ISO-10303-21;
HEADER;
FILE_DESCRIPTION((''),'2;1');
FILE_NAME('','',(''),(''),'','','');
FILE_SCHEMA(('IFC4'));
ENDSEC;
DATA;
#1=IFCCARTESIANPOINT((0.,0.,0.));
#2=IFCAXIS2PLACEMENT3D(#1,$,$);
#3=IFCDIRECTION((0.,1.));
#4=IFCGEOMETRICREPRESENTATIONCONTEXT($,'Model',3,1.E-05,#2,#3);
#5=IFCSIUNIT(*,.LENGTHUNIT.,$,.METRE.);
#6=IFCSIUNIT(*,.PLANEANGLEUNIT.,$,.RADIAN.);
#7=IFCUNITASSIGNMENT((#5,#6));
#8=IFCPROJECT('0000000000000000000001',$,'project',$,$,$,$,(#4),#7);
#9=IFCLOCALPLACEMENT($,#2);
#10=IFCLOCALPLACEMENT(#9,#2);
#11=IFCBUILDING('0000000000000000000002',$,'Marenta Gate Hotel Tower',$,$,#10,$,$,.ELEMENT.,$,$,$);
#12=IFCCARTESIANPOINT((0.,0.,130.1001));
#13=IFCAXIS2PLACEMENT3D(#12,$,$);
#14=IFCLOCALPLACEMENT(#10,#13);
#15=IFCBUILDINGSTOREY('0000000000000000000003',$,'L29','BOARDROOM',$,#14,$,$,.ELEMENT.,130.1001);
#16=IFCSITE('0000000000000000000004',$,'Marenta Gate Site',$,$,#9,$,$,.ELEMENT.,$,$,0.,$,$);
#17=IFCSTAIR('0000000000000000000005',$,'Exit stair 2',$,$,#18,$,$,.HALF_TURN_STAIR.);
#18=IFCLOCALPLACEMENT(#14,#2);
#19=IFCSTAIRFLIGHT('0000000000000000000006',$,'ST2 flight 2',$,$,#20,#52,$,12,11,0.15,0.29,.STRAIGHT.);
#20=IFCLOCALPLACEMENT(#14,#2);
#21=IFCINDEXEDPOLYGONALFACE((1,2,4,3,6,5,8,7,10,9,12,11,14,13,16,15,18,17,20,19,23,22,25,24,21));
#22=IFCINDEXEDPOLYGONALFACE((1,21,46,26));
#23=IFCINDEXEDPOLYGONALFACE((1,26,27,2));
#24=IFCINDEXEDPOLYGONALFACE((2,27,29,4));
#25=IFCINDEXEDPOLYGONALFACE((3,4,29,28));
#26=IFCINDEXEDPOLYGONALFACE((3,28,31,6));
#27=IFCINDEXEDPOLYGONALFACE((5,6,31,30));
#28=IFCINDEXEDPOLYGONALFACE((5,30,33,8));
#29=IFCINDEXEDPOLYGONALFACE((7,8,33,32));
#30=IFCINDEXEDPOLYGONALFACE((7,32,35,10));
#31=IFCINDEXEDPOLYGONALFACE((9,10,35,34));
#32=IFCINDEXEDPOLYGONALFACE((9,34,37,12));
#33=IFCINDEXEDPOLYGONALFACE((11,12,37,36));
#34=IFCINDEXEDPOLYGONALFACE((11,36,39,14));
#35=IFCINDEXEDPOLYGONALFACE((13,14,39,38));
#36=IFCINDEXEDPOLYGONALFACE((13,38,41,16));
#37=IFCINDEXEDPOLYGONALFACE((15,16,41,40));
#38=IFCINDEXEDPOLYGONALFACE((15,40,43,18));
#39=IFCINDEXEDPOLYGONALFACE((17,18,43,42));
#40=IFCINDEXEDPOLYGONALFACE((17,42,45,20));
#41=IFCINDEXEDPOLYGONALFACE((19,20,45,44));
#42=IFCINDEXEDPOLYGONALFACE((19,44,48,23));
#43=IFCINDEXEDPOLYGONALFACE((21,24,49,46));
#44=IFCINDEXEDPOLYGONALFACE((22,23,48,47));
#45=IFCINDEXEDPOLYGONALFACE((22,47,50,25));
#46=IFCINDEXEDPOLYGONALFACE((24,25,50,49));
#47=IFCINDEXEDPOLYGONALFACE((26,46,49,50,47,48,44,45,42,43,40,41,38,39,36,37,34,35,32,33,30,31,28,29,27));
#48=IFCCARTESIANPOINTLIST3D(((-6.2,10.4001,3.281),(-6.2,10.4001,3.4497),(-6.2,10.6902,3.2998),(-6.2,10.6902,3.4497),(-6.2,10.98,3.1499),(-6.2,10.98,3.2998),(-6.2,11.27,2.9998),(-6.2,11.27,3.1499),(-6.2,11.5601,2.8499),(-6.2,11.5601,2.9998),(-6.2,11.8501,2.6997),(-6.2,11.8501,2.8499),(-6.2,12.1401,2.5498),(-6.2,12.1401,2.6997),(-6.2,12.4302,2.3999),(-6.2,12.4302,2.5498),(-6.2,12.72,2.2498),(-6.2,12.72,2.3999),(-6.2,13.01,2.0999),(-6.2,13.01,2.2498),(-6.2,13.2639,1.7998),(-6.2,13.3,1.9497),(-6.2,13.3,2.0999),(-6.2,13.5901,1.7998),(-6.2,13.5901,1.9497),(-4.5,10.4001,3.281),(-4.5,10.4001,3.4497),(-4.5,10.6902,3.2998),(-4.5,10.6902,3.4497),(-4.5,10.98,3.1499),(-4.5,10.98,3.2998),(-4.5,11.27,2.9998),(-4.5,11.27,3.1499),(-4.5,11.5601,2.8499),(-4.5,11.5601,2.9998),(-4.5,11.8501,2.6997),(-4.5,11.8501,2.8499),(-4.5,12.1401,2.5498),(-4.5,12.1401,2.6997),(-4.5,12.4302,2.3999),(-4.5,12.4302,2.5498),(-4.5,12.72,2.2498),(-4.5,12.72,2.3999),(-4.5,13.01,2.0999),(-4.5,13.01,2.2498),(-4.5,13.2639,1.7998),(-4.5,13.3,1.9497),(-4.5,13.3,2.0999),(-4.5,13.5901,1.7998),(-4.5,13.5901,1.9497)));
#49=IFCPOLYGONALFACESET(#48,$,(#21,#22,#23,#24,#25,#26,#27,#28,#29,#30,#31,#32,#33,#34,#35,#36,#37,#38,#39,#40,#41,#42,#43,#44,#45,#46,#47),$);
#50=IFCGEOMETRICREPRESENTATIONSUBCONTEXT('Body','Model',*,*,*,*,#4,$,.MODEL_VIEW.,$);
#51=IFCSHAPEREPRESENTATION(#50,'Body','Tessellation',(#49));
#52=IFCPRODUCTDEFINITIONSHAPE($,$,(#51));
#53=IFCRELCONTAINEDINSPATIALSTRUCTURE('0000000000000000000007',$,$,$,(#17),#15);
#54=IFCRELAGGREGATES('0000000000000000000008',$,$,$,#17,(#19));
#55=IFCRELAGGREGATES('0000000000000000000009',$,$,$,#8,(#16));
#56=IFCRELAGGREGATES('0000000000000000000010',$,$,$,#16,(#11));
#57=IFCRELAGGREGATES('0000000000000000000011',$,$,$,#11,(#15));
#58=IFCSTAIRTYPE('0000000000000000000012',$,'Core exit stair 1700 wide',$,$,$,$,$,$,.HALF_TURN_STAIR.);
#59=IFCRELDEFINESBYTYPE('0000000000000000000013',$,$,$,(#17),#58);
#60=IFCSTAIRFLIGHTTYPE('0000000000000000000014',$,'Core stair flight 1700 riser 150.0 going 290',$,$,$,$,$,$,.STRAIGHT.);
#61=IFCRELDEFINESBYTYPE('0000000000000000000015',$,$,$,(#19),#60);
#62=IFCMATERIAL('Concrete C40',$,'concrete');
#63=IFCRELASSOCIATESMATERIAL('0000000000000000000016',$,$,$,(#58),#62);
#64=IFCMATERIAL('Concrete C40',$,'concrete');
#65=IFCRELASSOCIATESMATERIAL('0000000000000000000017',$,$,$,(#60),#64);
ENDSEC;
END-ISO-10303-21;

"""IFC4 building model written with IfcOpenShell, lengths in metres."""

from ifc_helpers import new_model, si_unit, direction, frame, origin, place, context, subcontext, project, spatial, polyline, outline, extrude, material, type_object, element, aggregate, save


model = new_model("IFC4")

# Units and contexts
model_context = context("Model", 3, precision=1e-05, world=origin(), true_north=direction((0.0, 1.0)))
body_context = subcontext(model_context, "Body", "Model", "MODEL_VIEW")
ifc_project = project(units=[si_unit("LENGTHUNIT", "METRE"), si_unit("PLANEANGLEUNIT", "RADIAN")], contexts=[model_context])

# Site, building, storey
site_placement = place(None, origin())
site = spatial("IfcSite", under=ifc_project, at=site_placement, Name="Marenta Gate Site", CompositionType="ELEMENT", RefElevation=0.0)
building_placement = place(site_placement, origin())
building = spatial("IfcBuilding", under=site, at=building_placement, Name="Marenta Gate Hotel Tower", CompositionType="ELEMENT")
storey_placement = place(building_placement, frame((0.0, 0.0, 130.1001)))
storey = spatial("IfcBuildingStorey", under=building, at=storey_placement, Name="L29", Description="BOARDROOM", CompositionType="ELEMENT", Elevation=130.1001)

# Stair, stair flight
ifc_material_1 = material(Name="Concrete C40", Category="concrete")
stair_type = type_object("IfcStairType", Name="Core exit stair 1700 wide", PredefinedType="HALF_TURN_STAIR", material=ifc_material_1)
ifc_material_2 = material(Name="Concrete C40", Category="concrete")
stair_flight_type = type_object("IfcStairFlightType", Name="Core stair flight 1700 riser 150.0 going 290", PredefinedType="STRAIGHT", material=ifc_material_2)
stair_1_placement = place(storey_placement, origin())
stair_1 = element("IfcStair", 1, at=stair_1_placement, inside=storey, type_object=stair_type, Name="Exit stair 2", PredefinedType="HALF_TURN_STAIR")
stair_flight_1_placement = place(storey_placement, frame((-5.3501, 13.5901, 1.7998), z_axis=(0.0, 0.0, 1.0), x_axis=(0.0, -1.0, 0.0)))
stair_flight_1 = element("IfcStairFlight", 2, at=stair_flight_1_placement, type_object=stair_flight_type, Name="ST2 flight 2", NumberOfRisers=12, NumberOfTreads=11, PredefinedType="STRAIGHT", RiserHeight=0.15, TreadLength=0.29, context=body_context, shape_type="SweptSolid", body=[
    extrude(outline(polyline([(0.0, 0.0), (0.0, 0.1499), (0.29, 0.1499), (0.29, 0.3), (0.5801, 0.3), (0.5801, 0.45), (0.8701, 0.45), (0.8701, 0.6001), (1.1599, 0.6001), (1.1599, 0.75), (1.45, 0.75), (1.45, 0.8999), (1.74, 0.8999), (1.74, 1.05), (2.03, 1.05), (2.03, 1.2), (2.3201, 1.2), (2.3201, 1.3501), (2.6101, 1.3501), (2.6101, 1.5), (2.8999, 1.5), (2.8999, 1.6499), (3.1899, 1.6499), (3.1899, 1.8), (3.1899, 1.4812), (0.3262, 0.0), (0.0, 0.0)])), frame((0.0, 0.8501, 0.0), z_axis=(0.0, -1.0, 0.0), x_axis=(1.0, 0.0, 0.0)), (0.0, 0.0, 1.0), 1.7),
])
aggregate(stair_1, [stair_flight_1])

save(model, "model.ifc")
